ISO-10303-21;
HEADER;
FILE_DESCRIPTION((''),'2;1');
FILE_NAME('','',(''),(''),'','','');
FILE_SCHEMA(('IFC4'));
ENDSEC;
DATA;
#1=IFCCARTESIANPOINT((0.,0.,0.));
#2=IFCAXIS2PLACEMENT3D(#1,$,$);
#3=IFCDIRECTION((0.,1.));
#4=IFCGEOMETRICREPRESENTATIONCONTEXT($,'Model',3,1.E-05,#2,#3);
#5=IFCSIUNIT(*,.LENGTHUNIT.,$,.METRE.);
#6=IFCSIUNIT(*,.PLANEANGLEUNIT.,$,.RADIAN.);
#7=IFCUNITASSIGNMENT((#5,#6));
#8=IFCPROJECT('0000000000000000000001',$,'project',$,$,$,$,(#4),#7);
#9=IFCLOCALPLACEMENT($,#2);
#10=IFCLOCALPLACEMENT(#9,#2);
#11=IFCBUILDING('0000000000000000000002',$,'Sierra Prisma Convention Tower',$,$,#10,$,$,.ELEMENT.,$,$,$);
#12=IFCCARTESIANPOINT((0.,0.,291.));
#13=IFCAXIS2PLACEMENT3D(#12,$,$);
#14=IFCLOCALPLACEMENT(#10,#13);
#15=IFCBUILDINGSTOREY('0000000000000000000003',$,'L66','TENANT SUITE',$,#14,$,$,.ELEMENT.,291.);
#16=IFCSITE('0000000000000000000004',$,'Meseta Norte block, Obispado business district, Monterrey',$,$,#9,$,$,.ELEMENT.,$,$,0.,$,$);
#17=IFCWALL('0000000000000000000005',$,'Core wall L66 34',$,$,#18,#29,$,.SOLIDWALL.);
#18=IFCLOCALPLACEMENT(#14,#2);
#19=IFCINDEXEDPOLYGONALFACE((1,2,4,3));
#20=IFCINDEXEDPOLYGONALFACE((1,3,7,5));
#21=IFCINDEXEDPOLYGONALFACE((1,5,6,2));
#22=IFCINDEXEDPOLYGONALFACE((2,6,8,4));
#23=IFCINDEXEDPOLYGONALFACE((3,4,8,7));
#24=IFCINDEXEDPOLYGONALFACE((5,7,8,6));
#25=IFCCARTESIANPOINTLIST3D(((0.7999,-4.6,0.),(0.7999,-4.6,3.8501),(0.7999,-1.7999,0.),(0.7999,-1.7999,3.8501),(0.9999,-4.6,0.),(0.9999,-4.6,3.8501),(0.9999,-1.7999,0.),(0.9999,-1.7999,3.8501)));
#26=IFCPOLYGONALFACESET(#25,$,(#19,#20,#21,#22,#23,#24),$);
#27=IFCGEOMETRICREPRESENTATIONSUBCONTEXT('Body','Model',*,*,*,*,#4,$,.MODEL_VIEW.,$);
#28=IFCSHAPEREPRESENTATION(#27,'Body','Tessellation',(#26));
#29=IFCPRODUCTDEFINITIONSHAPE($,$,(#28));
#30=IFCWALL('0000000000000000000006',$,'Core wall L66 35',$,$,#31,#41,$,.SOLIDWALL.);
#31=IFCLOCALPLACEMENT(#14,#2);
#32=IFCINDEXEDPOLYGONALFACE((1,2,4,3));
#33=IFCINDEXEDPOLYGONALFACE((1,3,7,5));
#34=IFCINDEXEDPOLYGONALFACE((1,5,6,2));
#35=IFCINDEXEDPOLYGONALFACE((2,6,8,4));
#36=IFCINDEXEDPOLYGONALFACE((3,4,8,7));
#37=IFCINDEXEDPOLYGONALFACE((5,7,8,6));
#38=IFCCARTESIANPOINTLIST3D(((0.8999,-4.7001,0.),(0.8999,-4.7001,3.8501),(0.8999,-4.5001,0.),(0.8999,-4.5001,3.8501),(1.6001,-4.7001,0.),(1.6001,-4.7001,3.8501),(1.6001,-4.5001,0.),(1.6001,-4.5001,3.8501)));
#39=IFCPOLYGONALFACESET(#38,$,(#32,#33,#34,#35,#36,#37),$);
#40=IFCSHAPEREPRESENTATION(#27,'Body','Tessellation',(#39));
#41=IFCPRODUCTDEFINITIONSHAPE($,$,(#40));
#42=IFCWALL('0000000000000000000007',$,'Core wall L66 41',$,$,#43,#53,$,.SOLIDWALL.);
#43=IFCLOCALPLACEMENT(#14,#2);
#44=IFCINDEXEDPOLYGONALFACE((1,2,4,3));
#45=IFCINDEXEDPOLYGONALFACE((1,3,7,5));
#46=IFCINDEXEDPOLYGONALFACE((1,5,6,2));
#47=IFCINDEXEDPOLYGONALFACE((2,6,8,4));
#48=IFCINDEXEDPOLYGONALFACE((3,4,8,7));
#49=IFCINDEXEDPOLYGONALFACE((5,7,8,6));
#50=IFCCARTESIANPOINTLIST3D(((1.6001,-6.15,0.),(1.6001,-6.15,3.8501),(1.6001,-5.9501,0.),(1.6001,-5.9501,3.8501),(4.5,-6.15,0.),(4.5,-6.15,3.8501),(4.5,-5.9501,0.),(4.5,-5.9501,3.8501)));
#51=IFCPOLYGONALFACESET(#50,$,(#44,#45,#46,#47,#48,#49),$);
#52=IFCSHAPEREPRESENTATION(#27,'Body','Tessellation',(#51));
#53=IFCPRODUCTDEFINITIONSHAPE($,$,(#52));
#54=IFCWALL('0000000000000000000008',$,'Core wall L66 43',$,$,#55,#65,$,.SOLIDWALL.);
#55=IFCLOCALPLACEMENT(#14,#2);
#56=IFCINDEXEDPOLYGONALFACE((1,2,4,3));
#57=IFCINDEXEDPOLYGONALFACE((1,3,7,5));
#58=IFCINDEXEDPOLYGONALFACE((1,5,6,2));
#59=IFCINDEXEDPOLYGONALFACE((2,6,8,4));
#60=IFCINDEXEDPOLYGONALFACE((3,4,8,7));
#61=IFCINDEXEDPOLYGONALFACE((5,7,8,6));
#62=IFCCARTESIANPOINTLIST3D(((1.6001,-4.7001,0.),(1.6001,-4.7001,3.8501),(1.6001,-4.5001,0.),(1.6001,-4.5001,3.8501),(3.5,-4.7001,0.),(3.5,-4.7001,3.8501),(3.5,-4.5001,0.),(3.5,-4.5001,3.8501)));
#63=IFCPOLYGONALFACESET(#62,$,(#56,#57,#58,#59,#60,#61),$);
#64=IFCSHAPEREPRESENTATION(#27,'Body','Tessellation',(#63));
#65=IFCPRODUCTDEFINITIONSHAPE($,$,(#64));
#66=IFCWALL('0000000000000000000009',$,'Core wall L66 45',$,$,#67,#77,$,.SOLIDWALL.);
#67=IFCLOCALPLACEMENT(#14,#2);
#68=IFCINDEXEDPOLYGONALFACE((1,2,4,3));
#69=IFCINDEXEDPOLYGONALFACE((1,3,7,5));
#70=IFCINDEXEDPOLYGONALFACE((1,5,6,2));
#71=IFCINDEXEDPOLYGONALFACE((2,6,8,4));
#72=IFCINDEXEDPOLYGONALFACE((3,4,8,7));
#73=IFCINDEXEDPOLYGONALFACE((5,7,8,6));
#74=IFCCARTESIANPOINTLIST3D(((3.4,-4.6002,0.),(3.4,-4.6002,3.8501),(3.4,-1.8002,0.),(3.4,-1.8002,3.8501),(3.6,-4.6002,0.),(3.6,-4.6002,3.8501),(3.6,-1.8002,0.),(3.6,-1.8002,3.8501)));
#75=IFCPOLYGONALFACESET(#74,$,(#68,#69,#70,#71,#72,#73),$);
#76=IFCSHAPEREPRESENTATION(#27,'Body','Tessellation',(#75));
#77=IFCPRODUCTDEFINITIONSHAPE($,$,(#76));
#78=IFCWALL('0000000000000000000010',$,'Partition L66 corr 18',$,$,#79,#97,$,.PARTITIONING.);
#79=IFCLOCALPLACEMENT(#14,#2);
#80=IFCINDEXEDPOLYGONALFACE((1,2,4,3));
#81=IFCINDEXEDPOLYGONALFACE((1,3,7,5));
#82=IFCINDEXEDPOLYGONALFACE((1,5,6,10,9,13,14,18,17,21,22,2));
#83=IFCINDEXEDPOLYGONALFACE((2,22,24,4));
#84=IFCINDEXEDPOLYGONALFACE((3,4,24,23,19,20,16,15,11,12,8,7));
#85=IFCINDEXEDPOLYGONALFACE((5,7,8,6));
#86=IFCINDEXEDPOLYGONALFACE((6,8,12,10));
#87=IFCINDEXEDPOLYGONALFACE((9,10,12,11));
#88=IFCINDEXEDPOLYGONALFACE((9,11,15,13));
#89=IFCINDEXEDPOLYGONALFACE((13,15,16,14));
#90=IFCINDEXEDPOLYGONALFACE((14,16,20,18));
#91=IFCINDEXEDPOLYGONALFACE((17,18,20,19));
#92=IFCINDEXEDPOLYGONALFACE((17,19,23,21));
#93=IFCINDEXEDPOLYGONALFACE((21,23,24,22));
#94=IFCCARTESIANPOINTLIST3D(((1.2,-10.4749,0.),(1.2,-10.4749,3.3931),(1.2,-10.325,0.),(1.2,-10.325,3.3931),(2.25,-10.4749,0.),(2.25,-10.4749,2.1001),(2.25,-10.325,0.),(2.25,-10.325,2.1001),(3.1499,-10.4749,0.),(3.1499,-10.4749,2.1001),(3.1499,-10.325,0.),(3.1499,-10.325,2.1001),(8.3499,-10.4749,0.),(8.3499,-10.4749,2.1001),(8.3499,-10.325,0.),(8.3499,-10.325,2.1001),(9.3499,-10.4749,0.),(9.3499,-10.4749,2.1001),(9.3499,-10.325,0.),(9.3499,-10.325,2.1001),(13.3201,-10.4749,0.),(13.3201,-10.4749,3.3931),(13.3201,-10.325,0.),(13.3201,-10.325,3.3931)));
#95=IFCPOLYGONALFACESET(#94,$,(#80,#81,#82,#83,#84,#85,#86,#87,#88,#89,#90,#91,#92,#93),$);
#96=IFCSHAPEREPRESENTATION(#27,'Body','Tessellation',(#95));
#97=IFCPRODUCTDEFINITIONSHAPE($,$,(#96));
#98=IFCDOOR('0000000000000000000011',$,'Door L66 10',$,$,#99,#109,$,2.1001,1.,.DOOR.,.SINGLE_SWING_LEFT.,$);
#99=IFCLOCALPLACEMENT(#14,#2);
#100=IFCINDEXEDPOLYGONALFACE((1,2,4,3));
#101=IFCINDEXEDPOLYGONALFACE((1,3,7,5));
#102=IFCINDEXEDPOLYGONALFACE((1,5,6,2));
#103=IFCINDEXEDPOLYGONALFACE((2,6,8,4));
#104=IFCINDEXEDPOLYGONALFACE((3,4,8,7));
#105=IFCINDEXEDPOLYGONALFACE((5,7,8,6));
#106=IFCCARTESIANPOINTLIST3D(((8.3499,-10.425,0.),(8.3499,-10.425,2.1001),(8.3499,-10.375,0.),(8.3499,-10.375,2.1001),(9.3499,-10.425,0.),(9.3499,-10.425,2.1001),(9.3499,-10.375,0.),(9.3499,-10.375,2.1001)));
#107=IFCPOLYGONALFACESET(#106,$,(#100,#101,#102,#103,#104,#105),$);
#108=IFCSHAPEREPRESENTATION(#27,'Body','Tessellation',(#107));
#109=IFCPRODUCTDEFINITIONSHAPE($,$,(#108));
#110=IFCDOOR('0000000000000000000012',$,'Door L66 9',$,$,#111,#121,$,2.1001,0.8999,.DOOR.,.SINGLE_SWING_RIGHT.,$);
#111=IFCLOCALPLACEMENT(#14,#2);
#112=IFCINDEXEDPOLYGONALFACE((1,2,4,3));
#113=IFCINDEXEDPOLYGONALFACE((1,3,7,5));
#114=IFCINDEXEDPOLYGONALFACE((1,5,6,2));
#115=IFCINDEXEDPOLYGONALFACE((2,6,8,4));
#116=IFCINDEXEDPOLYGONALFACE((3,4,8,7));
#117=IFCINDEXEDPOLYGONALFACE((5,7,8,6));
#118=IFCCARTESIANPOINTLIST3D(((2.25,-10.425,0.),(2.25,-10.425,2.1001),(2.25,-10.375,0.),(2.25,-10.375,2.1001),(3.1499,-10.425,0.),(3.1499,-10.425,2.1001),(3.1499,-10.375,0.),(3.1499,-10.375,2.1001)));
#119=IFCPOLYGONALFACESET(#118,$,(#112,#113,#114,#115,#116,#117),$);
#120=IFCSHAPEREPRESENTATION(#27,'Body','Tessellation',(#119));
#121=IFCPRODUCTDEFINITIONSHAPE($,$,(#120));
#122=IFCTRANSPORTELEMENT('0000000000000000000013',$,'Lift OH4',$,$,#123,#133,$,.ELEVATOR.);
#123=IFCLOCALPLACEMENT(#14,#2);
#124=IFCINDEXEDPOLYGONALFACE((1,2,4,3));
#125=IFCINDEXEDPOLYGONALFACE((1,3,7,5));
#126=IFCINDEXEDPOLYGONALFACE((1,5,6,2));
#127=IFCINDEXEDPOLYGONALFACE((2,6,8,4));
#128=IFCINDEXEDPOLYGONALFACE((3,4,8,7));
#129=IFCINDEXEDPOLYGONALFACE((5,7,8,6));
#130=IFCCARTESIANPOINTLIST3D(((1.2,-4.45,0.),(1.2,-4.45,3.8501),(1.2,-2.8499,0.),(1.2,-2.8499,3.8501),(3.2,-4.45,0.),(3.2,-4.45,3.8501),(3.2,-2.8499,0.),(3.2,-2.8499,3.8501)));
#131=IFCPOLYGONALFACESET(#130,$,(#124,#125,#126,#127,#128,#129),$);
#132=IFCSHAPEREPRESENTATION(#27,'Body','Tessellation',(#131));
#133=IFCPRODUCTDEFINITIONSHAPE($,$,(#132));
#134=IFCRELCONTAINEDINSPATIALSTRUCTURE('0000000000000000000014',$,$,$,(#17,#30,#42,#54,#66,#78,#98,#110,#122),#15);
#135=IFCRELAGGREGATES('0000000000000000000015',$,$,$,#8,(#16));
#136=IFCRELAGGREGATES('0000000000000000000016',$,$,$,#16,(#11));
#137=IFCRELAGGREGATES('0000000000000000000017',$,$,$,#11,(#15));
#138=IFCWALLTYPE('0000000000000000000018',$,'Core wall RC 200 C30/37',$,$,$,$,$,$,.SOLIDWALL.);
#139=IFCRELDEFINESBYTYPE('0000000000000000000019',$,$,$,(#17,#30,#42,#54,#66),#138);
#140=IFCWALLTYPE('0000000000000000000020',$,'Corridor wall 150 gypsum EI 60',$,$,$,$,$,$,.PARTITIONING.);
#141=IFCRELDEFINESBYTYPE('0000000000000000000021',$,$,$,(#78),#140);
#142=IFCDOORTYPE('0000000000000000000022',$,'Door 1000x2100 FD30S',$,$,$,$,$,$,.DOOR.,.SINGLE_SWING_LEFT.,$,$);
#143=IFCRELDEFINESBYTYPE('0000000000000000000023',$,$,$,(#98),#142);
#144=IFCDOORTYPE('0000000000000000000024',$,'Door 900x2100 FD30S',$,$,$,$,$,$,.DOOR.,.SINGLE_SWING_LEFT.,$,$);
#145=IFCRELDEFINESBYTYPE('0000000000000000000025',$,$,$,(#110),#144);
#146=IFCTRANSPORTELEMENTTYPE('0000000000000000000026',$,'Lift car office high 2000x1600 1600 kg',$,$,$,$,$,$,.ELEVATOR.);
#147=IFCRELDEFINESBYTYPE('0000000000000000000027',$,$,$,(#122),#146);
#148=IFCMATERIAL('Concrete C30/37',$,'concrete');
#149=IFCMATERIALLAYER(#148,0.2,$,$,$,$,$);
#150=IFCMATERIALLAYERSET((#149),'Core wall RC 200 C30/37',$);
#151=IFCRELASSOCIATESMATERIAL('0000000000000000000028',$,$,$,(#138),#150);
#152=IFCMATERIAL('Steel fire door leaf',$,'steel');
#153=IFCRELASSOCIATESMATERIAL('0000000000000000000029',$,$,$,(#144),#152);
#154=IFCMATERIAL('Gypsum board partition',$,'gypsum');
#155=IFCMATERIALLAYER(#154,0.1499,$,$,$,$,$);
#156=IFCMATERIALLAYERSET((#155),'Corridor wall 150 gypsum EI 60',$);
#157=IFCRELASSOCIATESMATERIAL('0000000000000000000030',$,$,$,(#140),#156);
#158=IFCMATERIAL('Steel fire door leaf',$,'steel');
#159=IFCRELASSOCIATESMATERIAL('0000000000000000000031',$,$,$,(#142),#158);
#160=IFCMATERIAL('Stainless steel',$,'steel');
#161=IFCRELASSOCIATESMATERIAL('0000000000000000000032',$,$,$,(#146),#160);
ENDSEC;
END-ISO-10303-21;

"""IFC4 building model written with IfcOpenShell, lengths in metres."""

from ifc_helpers import new_model, si_unit, direction, frame, frame_2d, origin, origin_2d, place, context, subcontext, project, spatial, rectangle, extrude, material, layer, layer_set, type_object, element, fill, save


model = new_model("IFC4")

# Units and contexts
model_context = context("Model", 3, precision=1e-05, world=origin(), true_north=direction((0.0, 1.0)))
body_context = subcontext(model_context, "Body", "Model", "MODEL_VIEW")
ifc_project = project(units=[si_unit("LENGTHUNIT", "METRE"), si_unit("PLANEANGLEUNIT", "RADIAN")], contexts=[model_context])

# Site, building, storey
site_placement = place(None, origin())
site = spatial("IfcSite", under=ifc_project, at=site_placement, Name="Meseta Norte block, Obispado business district, Monterrey", CompositionType="ELEMENT", RefElevation=0.0)
building_placement = place(site_placement, origin())
building = spatial("IfcBuilding", under=site, at=building_placement, Name="Sierra Prisma Convention Tower", CompositionType="ELEMENT")
storey_placement = place(building_placement, frame((0.0, 0.0, 291.0)))
storey = spatial("IfcBuildingStorey", under=building, at=storey_placement, Name="L66", Description="TENANT SUITE", CompositionType="ELEMENT", Elevation=291.0)

# Shared definitions
ifc_material_1 = material(Name="Concrete C30/37", Category="concrete")
ifc_layer_1 = layer(ifc_material_1, 0.2)
ifc_layer_set_1 = layer_set([ifc_layer_1], Name="Core wall RC 200 C30/37")
wall_type_1 = type_object("IfcWallType", Name="Core wall RC 200 C30/37", PredefinedType="SOLIDWALL", material=ifc_layer_set_1)

# Walls
wall_1_placement = place(storey_placement, frame((0.8999, -1.8, 0.0), z_axis=(0.0, 0.0, 1.0), x_axis=(0.0, -1.0, 0.0)))
element("IfcWall", 1, at=wall_1_placement, inside=storey, type_object=wall_type_1, Name="Core wall L66 34", PredefinedType="SOLIDWALL", context=body_context, shape_type="SweptSolid", body=[
    extrude(rectangle(XDim=2.8, YDim=0.2, at=frame_2d((1.3999, 0.0))), origin(), (0.0, 0.0, 1.0), 3.8501),
])
wall_2_placement = place(storey_placement, frame((0.8999, -4.6001, 0.0), z_axis=(0.0, 0.0, 1.0), x_axis=(1.0, 0.0, 0.0)))
element("IfcWall", 2, at=wall_2_placement, inside=storey, type_object=wall_type_1, Name="Core wall L66 35", PredefinedType="SOLIDWALL", context=body_context, shape_type="SweptSolid", body=[
    extrude(rectangle(XDim=0.7002, YDim=0.2, at=frame_2d((0.3501, 0.0))), origin(), (0.0, 0.0, 1.0), 3.8501),
])

# Shared definitions
ifc_material_2 = material(Name="Steel fire door leaf", Category="steel")
door_type_1 = type_object("IfcDoorType", Name="Door 900x2100 FD30S", OperationType="SINGLE_SWING_LEFT", PredefinedType="DOOR", material=ifc_material_2)

# Wall
wall_3_placement = place(storey_placement, frame((4.5, -6.05, 0.0), z_axis=(0.0, 0.0, 1.0), x_axis=(-1.0, 0.0, 0.0)))
element("IfcWall", 3, at=wall_3_placement, inside=storey, type_object=wall_type_1, Name="Core wall L66 41", PredefinedType="SOLIDWALL", context=body_context, shape_type="SweptSolid", body=[
    extrude(rectangle(XDim=2.8999, YDim=0.2, at=frame_2d((1.45, 0.0))), origin(), (0.0, 0.0, 1.0), 3.8501),
])

# Walls
wall_4_placement = place(storey_placement, frame((3.5, -4.6001, 0.0), z_axis=(0.0, 0.0, 1.0), x_axis=(-1.0, 0.0, 0.0)))
element("IfcWall", 4, at=wall_4_placement, inside=storey, type_object=wall_type_1, Name="Core wall L66 43", PredefinedType="SOLIDWALL", context=body_context, shape_type="SweptSolid", body=[
    extrude(rectangle(XDim=1.8999, YDim=0.2, at=frame_2d((0.95, 0.0))), origin(), (0.0, 0.0, 1.0), 3.8501),
])
wall_5_placement = place(storey_placement, frame((3.5, -4.6001, 0.0), z_axis=(0.0, 0.0, 1.0), x_axis=(0.0, 1.0, 0.0)))
element("IfcWall", 5, at=wall_5_placement, inside=storey, type_object=wall_type_1, Name="Core wall L66 45", PredefinedType="SOLIDWALL", context=body_context, shape_type="SweptSolid", body=[
    extrude(rectangle(XDim=2.8, YDim=0.2, at=frame_2d((1.3999, 0.0))), origin(), (0.0, 0.0, 1.0), 3.8501),
])

# Wall, openings, doors
ifc_material_3 = material(Name="Gypsum board partition", Category="gypsum")
ifc_layer_2 = layer(ifc_material_3, 0.1499)
ifc_layer_set_2 = layer_set([ifc_layer_2], Name="Corridor wall 150 gypsum EI 60")
wall_type_2 = type_object("IfcWallType", Name="Corridor wall 150 gypsum EI 60", PredefinedType="PARTITIONING", material=ifc_layer_set_2)
wall_6_placement = place(storey_placement, frame((1.2, -10.3999, 0.0), z_axis=(0.0, 0.0, 1.0), x_axis=(1.0, 0.0, 0.0)))
wall_6 = element("IfcWall", 6, at=wall_6_placement, inside=storey, type_object=wall_type_2, Name="Partition L66 corr 18", PredefinedType="PARTITIONING", context=body_context, shape_type="SweptSolid", body=[
    extrude(rectangle(XDim=12.1201, YDim=0.1499, at=frame_2d((6.0601, 0.0))), origin(), (0.0, 0.0, 1.0), 3.3931),
])
opening_1_placement = place(wall_6_placement, frame((1.05, 0.0, 0.0)))
opening_1 = element("IfcOpeningElement", 7, at=opening_1_placement, cuts=wall_6, PredefinedType="OPENING", context=body_context, shape_type="SweptSolid", body=[
    extrude(rectangle(XDim=0.8999, YDim=2.1001, at=frame_2d((0.45, 1.05))), frame((0.0, 0.075, 0.0), z_axis=(0.0, -1.0, 0.0), x_axis=(1.0, 0.0, 0.0)), (0.0, 0.0, 1.0), 0.1499),
])
opening_2_placement = place(wall_6_placement, frame((7.1499, 0.0, 0.0)))
opening_2 = element("IfcOpeningElement", 8, at=opening_2_placement, cuts=wall_6, PredefinedType="OPENING", context=body_context, shape_type="SweptSolid", body=[
    extrude(rectangle(XDim=1.0, YDim=2.1001, at=frame_2d((0.5, 1.05))), frame((0.0, 0.075, 0.0), z_axis=(0.0, -1.0, 0.0), x_axis=(1.0, 0.0, 0.0)), (0.0, 0.0, 1.0), 0.1499),
])
ifc_material_4 = material(Name="Steel fire door leaf", Category="steel")
door_type_2 = type_object("IfcDoorType", Name="Door 1000x2100 FD30S", OperationType="SINGLE_SWING_LEFT", PredefinedType="DOOR", material=ifc_material_4)
door_1_placement = place(opening_2_placement, origin())
door_1 = element("IfcDoor", 9, at=door_1_placement, inside=storey, type_object=door_type_2, Name="Door L66 10", OperationType="SINGLE_SWING_LEFT", OverallHeight=2.1001, OverallWidth=1.0, PredefinedType="DOOR", context=body_context, shape_type="SweptSolid", body=[
    extrude(rectangle(XDim=1.0, YDim=2.1001, at=frame_2d((0.5, 1.05))), frame((0.0, 0.0249, 0.0), z_axis=(0.0, -1.0, 0.0), x_axis=(1.0, 0.0, 0.0)), (0.0, 0.0, 1.0), 0.05),
])
fill(opening_2, door_1)
door_2_placement = place(opening_1_placement, origin())
door_2 = element("IfcDoor", 10, at=door_2_placement, inside=storey, type_object=door_type_1, Name="Door L66 9", OperationType="SINGLE_SWING_RIGHT", OverallHeight=2.1001, OverallWidth=0.8999, PredefinedType="DOOR", context=body_context, shape_type="SweptSolid", body=[
    extrude(rectangle(XDim=0.8999, YDim=2.1001, at=frame_2d((0.45, 1.05))), frame((0.0, 0.0249, 0.0), z_axis=(0.0, -1.0, 0.0), x_axis=(1.0, 0.0, 0.0)), (0.0, 0.0, 1.0), 0.05),
])
fill(opening_1, door_2)

# Transport element
ifc_material_5 = material(Name="Stainless steel", Category="steel")
transport_element_type = type_object("IfcTransportElementType", Name="Lift car office high 2000x1600 1600 kg", PredefinedType="ELEVATOR", material=ifc_material_5)
transport_element_placement = place(storey_placement, frame((2.2, -3.6499, 0.0), z_axis=(0.0, 0.0, 1.0), x_axis=(1.0, 0.0, 0.0)))
element("IfcTransportElement", 11, at=transport_element_placement, inside=storey, type_object=transport_element_type, Name="Lift OH4", PredefinedType="ELEVATOR", context=body_context, shape_type="SweptSolid", body=[
    extrude(rectangle(XDim=2.0, YDim=1.6001, at=origin_2d()), origin(), (0.0, 0.0, 1.0), 3.8501),
])

save(model, "model.ifc")
